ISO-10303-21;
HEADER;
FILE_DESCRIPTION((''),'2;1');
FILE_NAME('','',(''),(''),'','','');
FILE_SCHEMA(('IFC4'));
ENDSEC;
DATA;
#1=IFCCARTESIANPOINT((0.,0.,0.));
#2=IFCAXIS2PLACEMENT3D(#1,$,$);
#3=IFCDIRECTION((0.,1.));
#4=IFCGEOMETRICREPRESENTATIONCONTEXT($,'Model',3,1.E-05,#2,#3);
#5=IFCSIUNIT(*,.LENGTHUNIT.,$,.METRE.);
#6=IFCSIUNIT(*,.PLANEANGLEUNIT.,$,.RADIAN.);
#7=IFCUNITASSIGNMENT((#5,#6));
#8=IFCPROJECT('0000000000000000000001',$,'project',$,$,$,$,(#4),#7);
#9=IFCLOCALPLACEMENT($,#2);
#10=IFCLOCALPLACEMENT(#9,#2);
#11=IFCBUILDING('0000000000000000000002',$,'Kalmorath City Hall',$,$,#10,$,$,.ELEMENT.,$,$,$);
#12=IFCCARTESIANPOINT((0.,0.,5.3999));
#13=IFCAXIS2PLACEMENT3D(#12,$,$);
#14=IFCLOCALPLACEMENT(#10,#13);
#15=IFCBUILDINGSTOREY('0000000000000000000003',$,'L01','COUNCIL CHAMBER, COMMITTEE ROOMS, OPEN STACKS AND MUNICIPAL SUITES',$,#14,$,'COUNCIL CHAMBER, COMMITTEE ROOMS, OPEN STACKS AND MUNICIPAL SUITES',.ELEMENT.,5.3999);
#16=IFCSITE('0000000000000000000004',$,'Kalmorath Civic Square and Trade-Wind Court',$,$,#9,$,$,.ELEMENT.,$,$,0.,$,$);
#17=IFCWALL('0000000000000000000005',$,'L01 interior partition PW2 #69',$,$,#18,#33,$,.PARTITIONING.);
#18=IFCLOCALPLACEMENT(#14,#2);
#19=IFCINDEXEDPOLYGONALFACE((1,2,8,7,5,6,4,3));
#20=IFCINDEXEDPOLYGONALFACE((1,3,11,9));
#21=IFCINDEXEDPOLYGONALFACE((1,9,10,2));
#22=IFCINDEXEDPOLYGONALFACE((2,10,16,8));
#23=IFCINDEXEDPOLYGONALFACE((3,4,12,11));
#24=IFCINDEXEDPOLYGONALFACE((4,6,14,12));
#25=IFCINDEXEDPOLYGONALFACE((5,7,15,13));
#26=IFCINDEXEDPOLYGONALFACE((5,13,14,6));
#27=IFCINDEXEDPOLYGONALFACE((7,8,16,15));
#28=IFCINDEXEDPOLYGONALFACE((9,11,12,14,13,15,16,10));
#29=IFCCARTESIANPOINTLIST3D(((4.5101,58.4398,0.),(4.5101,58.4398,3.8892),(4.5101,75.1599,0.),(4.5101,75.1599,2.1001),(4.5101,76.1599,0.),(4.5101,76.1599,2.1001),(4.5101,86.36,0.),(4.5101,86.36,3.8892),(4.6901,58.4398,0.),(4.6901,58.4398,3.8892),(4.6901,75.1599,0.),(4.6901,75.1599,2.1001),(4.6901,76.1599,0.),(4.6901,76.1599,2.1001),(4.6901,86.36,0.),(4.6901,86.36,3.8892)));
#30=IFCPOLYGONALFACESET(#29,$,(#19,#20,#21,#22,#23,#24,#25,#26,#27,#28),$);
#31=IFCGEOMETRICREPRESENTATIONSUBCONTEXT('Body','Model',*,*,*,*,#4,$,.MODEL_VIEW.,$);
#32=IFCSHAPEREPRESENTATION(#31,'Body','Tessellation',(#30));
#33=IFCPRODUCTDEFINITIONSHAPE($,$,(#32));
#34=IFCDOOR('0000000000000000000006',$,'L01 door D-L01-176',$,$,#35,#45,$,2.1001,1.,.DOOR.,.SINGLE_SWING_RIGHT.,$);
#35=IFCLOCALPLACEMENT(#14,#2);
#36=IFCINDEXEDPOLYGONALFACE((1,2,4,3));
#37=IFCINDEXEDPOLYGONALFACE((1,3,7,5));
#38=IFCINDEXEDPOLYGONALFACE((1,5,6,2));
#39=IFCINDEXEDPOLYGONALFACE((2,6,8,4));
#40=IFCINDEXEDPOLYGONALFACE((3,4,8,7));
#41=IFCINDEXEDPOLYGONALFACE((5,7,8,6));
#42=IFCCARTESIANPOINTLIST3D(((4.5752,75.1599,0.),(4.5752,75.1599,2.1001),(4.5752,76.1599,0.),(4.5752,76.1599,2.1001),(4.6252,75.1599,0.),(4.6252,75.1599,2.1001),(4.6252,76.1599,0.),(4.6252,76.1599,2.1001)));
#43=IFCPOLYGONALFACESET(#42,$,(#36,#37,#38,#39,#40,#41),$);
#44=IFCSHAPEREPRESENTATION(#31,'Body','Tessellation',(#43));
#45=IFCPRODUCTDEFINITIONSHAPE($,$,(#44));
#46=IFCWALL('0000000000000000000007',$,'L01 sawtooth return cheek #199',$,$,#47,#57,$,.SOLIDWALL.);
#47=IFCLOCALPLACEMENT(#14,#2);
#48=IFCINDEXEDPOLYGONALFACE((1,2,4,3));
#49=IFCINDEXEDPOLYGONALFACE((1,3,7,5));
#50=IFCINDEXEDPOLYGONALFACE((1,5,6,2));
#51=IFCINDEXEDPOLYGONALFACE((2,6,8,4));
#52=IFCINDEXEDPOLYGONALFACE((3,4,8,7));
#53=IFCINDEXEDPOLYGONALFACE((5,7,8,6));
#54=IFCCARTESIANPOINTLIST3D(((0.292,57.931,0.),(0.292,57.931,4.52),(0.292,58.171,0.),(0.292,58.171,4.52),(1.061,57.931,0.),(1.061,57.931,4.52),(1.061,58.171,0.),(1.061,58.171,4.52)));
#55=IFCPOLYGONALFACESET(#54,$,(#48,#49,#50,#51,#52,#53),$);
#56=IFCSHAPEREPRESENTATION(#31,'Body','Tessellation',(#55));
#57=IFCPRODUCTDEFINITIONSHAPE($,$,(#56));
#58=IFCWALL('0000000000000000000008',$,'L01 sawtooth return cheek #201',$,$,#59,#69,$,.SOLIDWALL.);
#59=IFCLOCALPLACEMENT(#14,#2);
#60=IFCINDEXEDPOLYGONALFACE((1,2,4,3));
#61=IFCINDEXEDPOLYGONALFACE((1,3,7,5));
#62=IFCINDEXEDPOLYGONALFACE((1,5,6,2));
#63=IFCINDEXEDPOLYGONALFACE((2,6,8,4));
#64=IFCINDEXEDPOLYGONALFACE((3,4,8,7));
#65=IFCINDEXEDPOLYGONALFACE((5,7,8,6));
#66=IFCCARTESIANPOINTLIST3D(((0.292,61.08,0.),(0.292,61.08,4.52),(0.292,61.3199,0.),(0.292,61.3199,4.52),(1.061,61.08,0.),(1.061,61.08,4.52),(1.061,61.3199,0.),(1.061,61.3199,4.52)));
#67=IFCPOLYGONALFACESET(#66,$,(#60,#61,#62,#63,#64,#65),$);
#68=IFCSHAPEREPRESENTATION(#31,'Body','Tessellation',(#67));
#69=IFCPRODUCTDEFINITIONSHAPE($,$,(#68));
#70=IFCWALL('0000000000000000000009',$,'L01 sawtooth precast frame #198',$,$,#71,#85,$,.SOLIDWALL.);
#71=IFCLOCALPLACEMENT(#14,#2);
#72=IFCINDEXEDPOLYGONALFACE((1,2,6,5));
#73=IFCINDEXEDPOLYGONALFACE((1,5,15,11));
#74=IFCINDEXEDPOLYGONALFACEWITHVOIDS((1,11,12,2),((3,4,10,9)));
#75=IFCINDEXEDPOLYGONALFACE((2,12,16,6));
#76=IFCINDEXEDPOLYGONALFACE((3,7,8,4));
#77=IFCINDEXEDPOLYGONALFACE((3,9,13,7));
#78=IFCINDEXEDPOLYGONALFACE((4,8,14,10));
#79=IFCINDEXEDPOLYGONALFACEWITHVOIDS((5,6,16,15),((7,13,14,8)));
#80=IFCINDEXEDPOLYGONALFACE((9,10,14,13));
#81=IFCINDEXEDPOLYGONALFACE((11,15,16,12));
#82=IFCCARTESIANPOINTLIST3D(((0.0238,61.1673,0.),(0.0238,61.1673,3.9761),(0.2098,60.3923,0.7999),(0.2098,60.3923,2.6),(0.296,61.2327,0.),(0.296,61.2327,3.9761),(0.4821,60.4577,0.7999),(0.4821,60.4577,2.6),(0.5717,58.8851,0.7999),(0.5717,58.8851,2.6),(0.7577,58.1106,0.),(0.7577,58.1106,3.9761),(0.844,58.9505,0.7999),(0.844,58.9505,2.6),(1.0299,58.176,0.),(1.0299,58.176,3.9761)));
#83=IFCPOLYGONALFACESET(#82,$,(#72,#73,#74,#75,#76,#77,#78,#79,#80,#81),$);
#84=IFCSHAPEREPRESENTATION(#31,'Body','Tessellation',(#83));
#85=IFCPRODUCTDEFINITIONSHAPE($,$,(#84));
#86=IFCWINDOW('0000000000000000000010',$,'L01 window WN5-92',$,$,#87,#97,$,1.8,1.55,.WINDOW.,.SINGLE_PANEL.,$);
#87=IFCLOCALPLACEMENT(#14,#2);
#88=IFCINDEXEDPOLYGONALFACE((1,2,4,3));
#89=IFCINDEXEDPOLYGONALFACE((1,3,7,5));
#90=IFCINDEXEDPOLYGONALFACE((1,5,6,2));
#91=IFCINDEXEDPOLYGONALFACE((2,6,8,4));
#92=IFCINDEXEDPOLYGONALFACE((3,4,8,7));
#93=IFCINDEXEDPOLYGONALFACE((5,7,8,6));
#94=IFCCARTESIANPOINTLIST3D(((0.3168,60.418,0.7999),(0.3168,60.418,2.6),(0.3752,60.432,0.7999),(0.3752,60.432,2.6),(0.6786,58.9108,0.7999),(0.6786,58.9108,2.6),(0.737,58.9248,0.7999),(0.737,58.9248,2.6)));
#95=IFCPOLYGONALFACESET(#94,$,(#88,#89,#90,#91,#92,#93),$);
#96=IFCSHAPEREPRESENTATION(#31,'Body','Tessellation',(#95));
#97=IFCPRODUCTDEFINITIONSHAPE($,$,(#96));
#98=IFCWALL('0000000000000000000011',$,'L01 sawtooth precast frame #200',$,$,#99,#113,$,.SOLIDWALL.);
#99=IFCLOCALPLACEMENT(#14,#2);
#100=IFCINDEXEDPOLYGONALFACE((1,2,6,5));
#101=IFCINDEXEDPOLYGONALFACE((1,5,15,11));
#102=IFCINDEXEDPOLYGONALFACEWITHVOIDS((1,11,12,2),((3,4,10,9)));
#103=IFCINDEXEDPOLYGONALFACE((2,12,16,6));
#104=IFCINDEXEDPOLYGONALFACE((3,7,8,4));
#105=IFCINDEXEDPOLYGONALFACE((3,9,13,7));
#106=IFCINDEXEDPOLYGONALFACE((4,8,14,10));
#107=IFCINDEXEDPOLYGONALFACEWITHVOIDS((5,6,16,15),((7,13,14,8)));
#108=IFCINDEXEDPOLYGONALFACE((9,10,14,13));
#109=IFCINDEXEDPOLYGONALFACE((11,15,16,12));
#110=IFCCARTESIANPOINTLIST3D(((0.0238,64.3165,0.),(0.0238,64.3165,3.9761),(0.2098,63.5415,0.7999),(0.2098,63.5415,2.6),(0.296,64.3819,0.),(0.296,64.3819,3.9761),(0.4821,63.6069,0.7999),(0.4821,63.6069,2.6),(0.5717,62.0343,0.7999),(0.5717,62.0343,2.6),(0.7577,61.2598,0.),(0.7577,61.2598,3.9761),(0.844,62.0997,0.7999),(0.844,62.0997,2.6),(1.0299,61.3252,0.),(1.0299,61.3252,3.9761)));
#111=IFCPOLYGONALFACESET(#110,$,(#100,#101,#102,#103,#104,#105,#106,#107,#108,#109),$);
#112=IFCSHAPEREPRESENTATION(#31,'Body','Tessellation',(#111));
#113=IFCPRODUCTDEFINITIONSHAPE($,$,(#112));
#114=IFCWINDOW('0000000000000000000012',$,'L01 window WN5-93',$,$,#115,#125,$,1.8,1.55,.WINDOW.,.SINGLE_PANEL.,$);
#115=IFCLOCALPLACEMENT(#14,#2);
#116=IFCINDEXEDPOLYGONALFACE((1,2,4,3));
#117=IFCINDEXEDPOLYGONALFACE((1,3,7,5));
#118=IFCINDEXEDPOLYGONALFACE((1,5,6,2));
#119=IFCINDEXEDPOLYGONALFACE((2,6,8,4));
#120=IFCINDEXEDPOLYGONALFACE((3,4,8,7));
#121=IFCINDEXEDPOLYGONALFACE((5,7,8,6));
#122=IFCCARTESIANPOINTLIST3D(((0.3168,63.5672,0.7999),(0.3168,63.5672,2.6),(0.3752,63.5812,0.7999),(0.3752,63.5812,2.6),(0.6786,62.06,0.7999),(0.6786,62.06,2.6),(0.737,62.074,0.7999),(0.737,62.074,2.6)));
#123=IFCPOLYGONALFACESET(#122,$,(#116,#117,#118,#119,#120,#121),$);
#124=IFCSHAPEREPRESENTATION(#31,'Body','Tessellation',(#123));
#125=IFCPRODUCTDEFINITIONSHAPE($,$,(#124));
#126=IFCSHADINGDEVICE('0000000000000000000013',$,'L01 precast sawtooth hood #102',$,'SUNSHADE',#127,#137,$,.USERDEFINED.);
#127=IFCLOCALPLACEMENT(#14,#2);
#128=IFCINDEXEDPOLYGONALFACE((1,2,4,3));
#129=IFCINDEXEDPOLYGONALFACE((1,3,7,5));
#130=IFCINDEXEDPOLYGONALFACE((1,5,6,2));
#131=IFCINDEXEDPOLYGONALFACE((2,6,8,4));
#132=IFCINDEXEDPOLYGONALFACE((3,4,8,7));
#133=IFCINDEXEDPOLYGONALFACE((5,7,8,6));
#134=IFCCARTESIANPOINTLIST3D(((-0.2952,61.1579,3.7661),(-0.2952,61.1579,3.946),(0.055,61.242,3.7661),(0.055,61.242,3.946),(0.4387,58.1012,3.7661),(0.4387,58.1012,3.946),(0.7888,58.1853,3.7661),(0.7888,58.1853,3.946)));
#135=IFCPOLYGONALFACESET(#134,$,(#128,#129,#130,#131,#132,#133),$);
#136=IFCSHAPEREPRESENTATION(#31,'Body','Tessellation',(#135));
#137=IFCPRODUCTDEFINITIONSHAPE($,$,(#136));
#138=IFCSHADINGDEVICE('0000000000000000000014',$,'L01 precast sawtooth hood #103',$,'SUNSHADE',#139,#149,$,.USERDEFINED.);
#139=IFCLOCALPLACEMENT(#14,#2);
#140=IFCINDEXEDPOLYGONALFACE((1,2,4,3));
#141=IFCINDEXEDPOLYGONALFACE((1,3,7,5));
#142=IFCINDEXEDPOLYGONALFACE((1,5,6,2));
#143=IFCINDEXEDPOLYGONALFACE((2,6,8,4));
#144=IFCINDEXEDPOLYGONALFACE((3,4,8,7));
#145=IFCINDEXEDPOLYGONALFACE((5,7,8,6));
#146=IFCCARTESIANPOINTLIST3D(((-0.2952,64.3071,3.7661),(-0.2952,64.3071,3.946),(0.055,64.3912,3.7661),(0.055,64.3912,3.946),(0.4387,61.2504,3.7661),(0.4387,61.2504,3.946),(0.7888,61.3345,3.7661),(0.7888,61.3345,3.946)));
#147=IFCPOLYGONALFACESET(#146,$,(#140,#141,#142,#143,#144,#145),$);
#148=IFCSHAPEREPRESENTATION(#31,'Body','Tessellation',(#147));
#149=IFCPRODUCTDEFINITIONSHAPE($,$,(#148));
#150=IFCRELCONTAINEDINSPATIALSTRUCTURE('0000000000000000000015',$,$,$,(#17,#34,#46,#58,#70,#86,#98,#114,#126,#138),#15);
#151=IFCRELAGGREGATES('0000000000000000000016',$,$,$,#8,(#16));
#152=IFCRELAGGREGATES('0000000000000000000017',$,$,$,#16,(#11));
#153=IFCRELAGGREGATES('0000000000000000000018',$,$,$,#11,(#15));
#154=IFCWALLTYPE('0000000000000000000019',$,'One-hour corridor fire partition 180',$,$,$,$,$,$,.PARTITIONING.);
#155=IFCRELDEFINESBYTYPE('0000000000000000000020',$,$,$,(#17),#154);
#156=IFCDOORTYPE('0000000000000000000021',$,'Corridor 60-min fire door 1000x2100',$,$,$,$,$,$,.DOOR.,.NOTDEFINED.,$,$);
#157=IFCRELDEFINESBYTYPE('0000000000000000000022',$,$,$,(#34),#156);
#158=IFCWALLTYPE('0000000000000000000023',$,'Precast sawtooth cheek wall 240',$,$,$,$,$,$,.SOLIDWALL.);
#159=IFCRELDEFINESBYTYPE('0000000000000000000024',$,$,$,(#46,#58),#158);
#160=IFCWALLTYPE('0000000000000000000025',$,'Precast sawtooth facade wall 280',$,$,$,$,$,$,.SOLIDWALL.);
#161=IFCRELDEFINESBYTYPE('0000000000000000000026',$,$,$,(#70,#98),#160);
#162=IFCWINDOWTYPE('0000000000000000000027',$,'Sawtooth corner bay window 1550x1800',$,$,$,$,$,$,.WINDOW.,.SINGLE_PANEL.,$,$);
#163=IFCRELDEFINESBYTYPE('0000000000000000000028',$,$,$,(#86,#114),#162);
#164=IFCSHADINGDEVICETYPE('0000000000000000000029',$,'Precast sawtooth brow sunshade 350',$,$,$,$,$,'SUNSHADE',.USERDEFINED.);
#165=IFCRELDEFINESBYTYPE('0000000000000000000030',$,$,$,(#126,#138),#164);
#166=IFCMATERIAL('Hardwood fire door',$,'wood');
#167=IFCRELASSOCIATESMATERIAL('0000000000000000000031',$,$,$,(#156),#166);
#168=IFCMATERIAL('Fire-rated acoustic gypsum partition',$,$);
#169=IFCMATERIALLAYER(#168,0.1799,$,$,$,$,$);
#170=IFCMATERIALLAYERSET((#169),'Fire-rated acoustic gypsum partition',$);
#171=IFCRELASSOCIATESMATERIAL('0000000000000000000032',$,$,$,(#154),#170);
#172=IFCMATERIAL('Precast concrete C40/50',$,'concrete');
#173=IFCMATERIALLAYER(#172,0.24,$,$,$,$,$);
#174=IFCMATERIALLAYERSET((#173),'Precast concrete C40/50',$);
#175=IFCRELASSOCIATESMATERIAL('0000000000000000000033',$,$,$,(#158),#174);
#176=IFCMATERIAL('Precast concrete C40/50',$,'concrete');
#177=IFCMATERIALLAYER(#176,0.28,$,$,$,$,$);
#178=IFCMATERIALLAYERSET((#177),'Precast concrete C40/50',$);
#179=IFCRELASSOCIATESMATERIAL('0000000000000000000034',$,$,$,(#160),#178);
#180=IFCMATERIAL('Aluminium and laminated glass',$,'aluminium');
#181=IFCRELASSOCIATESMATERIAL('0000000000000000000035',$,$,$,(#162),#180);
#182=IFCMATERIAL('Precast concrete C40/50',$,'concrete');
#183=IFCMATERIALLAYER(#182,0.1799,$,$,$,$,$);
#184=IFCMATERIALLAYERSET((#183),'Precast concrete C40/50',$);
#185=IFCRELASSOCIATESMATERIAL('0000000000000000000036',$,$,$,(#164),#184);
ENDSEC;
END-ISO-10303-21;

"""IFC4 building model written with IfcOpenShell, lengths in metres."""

from ifc_helpers import new_model, si_unit, direction, frame, frame_2d, origin, origin_2d, place, context, subcontext, project, spatial, rectangle, extrude, material, layer, layer_set, type_object, element, fill, save


model = new_model("IFC4")

# Units and contexts
model_context = context("Model", 3, precision=1e-05, world=origin(), true_north=direction((0.0, 1.0)))
body_context = subcontext(model_context, "Body", "Model", "MODEL_VIEW")
ifc_project = project(units=[si_unit("LENGTHUNIT", "METRE"), si_unit("PLANEANGLEUNIT", "RADIAN")], contexts=[model_context])

# Site, building, storey
site_placement = place(None, origin())
site = spatial("IfcSite", under=ifc_project, at=site_placement, Name="Kalmorath Civic Square and Trade-Wind Court", CompositionType="ELEMENT", RefElevation=0.0)
building_placement = place(site_placement, origin())
building = spatial("IfcBuilding", under=site, at=building_placement, Name="Kalmorath City Hall", CompositionType="ELEMENT")
storey_placement = place(building_placement, frame((0.0, 0.0, 5.3999)))
storey = spatial("IfcBuildingStorey", under=building, at=storey_placement, Name="L01", Description="COUNCIL CHAMBER, COMMITTEE ROOMS, OPEN STACKS AND MUNICIPAL SUITES", LongName="COUNCIL CHAMBER, COMMITTEE ROOMS, OPEN STACKS AND MUNICIPAL SUITES", CompositionType="ELEMENT", Elevation=5.3999)

# Wall, opening, door
ifc_material_1 = material(Name="Hardwood fire door", Category="wood")
door_type_1 = type_object("IfcDoorType", Name="Corridor 60-min fire door 1000x2100", OperationType="NOTDEFINED", PredefinedType="DOOR", material=ifc_material_1)
ifc_material_2 = material(Name="Fire-rated acoustic gypsum partition")
ifc_layer_1 = layer(ifc_material_2, 0.1799)
ifc_layer_set_1 = layer_set([ifc_layer_1], Name="Fire-rated acoustic gypsum partition")
wall_type_1 = type_object("IfcWallType", Name="One-hour corridor fire partition 180", PredefinedType="PARTITIONING", material=ifc_layer_set_1)
wall_1_placement = place(storey_placement, frame((4.6001, 58.4399, 0.0), z_axis=(0.0, 0.0, 1.0), x_axis=(0.0, 1.0, 0.0)))
wall_1 = element("IfcWall", 1, at=wall_1_placement, inside=storey, type_object=wall_type_1, Name="L01 interior partition PW2 #69", PredefinedType="PARTITIONING", context=body_context, shape_type="SweptSolid", body=[
    extrude(rectangle(XDim=27.9202, YDim=0.1799, at=frame_2d((13.96, 0.0))), origin(), (0.0, 0.0, 1.0), 3.8892),
])
opening_1_placement = place(wall_1_placement, frame((16.72, 0.0, 0.0)))
opening_1 = element("IfcOpeningElement", 2, at=opening_1_placement, cuts=wall_1, PredefinedType="OPENING", context=body_context, shape_type="SweptSolid", body=[
    extrude(rectangle(XDim=1.0, YDim=2.1001, at=frame_2d((0.5, 1.05))), frame((0.0, 0.0999, 0.0), z_axis=(0.0, -1.0, 0.0), x_axis=(1.0, 0.0, 0.0)), (0.0, 0.0, 1.0), 0.2),
])
door_1_placement = place(opening_1_placement, origin())
door_1 = element("IfcDoor", 3, at=door_1_placement, inside=storey, type_object=door_type_1, Name="L01 door D-L01-176", OperationType="SINGLE_SWING_RIGHT", OverallHeight=2.1001, OverallWidth=1.0, PredefinedType="DOOR", context=body_context, shape_type="SweptSolid", body=[
    extrude(rectangle(XDim=1.0, YDim=2.1001, at=frame_2d((0.5, 1.05))), frame((0.0, 0.0249, 0.0), z_axis=(0.0, -1.0, 0.0), x_axis=(1.0, 0.0, 0.0)), (0.0, 0.0, 1.0), 0.05),
])
fill(opening_1, door_1)

# Walls
ifc_material_3 = material(Name="Precast concrete C40/50", Category="concrete")
ifc_layer_2 = layer(ifc_material_3, 0.24)
ifc_layer_set_2 = layer_set([ifc_layer_2], Name="Precast concrete C40/50")
wall_type_2 = type_object("IfcWallType", Name="Precast sawtooth cheek wall 240", PredefinedType="SOLIDWALL", material=ifc_layer_set_2)
for number, where, z_axis, x_axis, name in (
    (4, (1.061, 58.051, 0.0), (0.0, 0.0, 1.0), (-1.0, 0.0, 0.0), "L01 sawtooth return cheek #199"),
    (5, (1.061, 61.2, 0.0), (0.0, 0.0, 1.0), (-1.0, 0.0, 0.0), "L01 sawtooth return cheek #201"),
):
    element("IfcWall", number, at=place(storey_placement, frame(where, z_axis=z_axis, x_axis=x_axis)), inside=storey, type_object=wall_type_2, Name=name, PredefinedType="SOLIDWALL", context=body_context, shape_type="SweptSolid", body=[
        extrude(rectangle(XDim=0.769, YDim=0.24, at=frame_2d((0.3845, 0.0))), origin(), (0.0, 0.0, 1.0), 4.52),
    ])

# Walls, openings, windows
ifc_material_4 = material(Name="Precast concrete C40/50", Category="concrete")
ifc_layer_3 = layer(ifc_material_4, 0.28)
ifc_layer_set_3 = layer_set([ifc_layer_3], Name="Precast concrete C40/50")
wall_type_3 = type_object("IfcWallType", Name="Precast sawtooth facade wall 280", PredefinedType="SOLIDWALL", material=ifc_layer_set_3)
wall_2_placement = place(storey_placement, frame((0.8938, 58.1433, 0.0), z_axis=(0.0, 0.0, 1.0), x_axis=(-0.233461, 0.972366, 0.0)))
wall_2 = element("IfcWall", 6, at=wall_2_placement, inside=storey, type_object=wall_type_3, Name="L01 sawtooth precast frame #198", PredefinedType="SOLIDWALL", context=body_context, shape_type="SweptSolid", body=[
    extrude(rectangle(XDim=3.1436, YDim=0.28, at=frame_2d((1.5718, 0.0))), origin(), (0.0, 0.0, 1.0), 3.9761),
])
opening_2_placement = place(wall_2_placement, frame((0.7966, 0.0, 0.8)))
opening_2 = element("IfcOpeningElement", 7, at=opening_2_placement, cuts=wall_2, PredefinedType="OPENING", context=body_context, shape_type="SweptSolid", body=[
    extrude(rectangle(XDim=1.55, YDim=1.8, at=frame_2d((0.7749, 0.8999))), frame((0.0, 0.1499, 0.0), z_axis=(0.0, -1.0, 0.0), x_axis=(1.0, 0.0, 0.0)), (0.0, 0.0, 1.0), 0.3),
])
ifc_material_5 = material(Name="Aluminium and laminated glass", Category="aluminium")
window_type = type_object("IfcWindowType", Name="Sawtooth corner bay window 1550x1800", PartitioningType="SINGLE_PANEL", PredefinedType="WINDOW", material=ifc_material_5)
window_1_placement = place(opening_2_placement, origin())
window_1 = element("IfcWindow", 8, at=window_1_placement, inside=storey, type_object=window_type, Name="L01 window WN5-92", OverallHeight=1.8, OverallWidth=1.55, PartitioningType="SINGLE_PANEL", PredefinedType="WINDOW", context=body_context, shape_type="SweptSolid", body=[
    extrude(rectangle(XDim=1.55, YDim=1.8, at=frame_2d((0.7749, 0.8999))), frame((0.0, 0.03, 0.0), z_axis=(0.0, -1.0, 0.0), x_axis=(1.0, 0.0, 0.0)), (0.0, 0.0, 1.0), 0.0601),
])
fill(opening_2, window_1)
wall_3_placement = place(storey_placement, frame((0.8938, 61.2925, 0.0), z_axis=(0.0, 0.0, 1.0), x_axis=(-0.233461, 0.972366, 0.0)))
wall_3 = element("IfcWall", 9, at=wall_3_placement, inside=storey, type_object=wall_type_3, Name="L01 sawtooth precast frame #200", PredefinedType="SOLIDWALL", context=body_context, shape_type="SweptSolid", body=[
    extrude(rectangle(XDim=3.1436, YDim=0.28, at=frame_2d((1.5718, 0.0))), origin(), (0.0, 0.0, 1.0), 3.9761),
])
opening_3_placement = place(wall_3_placement, frame((0.7966, 0.0, 0.8)))
opening_3 = element("IfcOpeningElement", 10, at=opening_3_placement, cuts=wall_3, PredefinedType="OPENING", context=body_context, shape_type="SweptSolid", body=[
    extrude(rectangle(XDim=1.55, YDim=1.8, at=frame_2d((0.7749, 0.8999))), frame((0.0, 0.1499, 0.0), z_axis=(0.0, -1.0, 0.0), x_axis=(1.0, 0.0, 0.0)), (0.0, 0.0, 1.0), 0.3),
])
window_2_placement = place(opening_3_placement, origin())
window_2 = element("IfcWindow", 11, at=window_2_placement, inside=storey, type_object=window_type, Name="L01 window WN5-93", OverallHeight=1.8, OverallWidth=1.55, PartitioningType="SINGLE_PANEL", PredefinedType="WINDOW", context=body_context, shape_type="SweptSolid", body=[
    extrude(rectangle(XDim=1.55, YDim=1.8, at=frame_2d((0.7749, 0.8999))), frame((0.0, 0.03, 0.0), z_axis=(0.0, -1.0, 0.0), x_axis=(1.0, 0.0, 0.0)), (0.0, 0.0, 1.0), 0.0601),
])
fill(opening_3, window_2)

# Shading devices
ifc_material_6 = material(Name="Precast concrete C40/50", Category="concrete")
ifc_layer_4 = layer(ifc_material_6, 0.1799)
ifc_layer_set_4 = layer_set([ifc_layer_4], Name="Precast concrete C40/50")
shading_device_type = type_object("IfcShadingDeviceType", Name="Precast sawtooth brow sunshade 350", ElementType="SUNSHADE", PredefinedType="USERDEFINED", material=ifc_layer_set_4)
for number, where, z_axis, x_axis, name in (
    (12, (0.2468, 59.6716, 3.7661), (0.0, 0.0, 1.0), (-0.233445, 0.97237, 0.0), "L01 precast sawtooth hood #102"),
    (13, (0.2468, 62.8208, 3.7661), (0.0, 0.0, 1.0), (-0.233445, 0.97237, 0.0), "L01 precast sawtooth hood #103"),
):
    element("IfcShadingDevice", number, at=place(storey_placement, frame(where, z_axis=z_axis, x_axis=x_axis)), inside=storey, type_object=shading_device_type, Name=name, ObjectType="SUNSHADE", PredefinedType="USERDEFINED", context=body_context, shape_type="SweptSolid", body=[
        extrude(rectangle(XDim=3.1436, YDim=0.3601, at=origin_2d()), origin(), (0.0, 0.0, 1.0), 0.1799),
    ])

save(model, "model.ifc")
